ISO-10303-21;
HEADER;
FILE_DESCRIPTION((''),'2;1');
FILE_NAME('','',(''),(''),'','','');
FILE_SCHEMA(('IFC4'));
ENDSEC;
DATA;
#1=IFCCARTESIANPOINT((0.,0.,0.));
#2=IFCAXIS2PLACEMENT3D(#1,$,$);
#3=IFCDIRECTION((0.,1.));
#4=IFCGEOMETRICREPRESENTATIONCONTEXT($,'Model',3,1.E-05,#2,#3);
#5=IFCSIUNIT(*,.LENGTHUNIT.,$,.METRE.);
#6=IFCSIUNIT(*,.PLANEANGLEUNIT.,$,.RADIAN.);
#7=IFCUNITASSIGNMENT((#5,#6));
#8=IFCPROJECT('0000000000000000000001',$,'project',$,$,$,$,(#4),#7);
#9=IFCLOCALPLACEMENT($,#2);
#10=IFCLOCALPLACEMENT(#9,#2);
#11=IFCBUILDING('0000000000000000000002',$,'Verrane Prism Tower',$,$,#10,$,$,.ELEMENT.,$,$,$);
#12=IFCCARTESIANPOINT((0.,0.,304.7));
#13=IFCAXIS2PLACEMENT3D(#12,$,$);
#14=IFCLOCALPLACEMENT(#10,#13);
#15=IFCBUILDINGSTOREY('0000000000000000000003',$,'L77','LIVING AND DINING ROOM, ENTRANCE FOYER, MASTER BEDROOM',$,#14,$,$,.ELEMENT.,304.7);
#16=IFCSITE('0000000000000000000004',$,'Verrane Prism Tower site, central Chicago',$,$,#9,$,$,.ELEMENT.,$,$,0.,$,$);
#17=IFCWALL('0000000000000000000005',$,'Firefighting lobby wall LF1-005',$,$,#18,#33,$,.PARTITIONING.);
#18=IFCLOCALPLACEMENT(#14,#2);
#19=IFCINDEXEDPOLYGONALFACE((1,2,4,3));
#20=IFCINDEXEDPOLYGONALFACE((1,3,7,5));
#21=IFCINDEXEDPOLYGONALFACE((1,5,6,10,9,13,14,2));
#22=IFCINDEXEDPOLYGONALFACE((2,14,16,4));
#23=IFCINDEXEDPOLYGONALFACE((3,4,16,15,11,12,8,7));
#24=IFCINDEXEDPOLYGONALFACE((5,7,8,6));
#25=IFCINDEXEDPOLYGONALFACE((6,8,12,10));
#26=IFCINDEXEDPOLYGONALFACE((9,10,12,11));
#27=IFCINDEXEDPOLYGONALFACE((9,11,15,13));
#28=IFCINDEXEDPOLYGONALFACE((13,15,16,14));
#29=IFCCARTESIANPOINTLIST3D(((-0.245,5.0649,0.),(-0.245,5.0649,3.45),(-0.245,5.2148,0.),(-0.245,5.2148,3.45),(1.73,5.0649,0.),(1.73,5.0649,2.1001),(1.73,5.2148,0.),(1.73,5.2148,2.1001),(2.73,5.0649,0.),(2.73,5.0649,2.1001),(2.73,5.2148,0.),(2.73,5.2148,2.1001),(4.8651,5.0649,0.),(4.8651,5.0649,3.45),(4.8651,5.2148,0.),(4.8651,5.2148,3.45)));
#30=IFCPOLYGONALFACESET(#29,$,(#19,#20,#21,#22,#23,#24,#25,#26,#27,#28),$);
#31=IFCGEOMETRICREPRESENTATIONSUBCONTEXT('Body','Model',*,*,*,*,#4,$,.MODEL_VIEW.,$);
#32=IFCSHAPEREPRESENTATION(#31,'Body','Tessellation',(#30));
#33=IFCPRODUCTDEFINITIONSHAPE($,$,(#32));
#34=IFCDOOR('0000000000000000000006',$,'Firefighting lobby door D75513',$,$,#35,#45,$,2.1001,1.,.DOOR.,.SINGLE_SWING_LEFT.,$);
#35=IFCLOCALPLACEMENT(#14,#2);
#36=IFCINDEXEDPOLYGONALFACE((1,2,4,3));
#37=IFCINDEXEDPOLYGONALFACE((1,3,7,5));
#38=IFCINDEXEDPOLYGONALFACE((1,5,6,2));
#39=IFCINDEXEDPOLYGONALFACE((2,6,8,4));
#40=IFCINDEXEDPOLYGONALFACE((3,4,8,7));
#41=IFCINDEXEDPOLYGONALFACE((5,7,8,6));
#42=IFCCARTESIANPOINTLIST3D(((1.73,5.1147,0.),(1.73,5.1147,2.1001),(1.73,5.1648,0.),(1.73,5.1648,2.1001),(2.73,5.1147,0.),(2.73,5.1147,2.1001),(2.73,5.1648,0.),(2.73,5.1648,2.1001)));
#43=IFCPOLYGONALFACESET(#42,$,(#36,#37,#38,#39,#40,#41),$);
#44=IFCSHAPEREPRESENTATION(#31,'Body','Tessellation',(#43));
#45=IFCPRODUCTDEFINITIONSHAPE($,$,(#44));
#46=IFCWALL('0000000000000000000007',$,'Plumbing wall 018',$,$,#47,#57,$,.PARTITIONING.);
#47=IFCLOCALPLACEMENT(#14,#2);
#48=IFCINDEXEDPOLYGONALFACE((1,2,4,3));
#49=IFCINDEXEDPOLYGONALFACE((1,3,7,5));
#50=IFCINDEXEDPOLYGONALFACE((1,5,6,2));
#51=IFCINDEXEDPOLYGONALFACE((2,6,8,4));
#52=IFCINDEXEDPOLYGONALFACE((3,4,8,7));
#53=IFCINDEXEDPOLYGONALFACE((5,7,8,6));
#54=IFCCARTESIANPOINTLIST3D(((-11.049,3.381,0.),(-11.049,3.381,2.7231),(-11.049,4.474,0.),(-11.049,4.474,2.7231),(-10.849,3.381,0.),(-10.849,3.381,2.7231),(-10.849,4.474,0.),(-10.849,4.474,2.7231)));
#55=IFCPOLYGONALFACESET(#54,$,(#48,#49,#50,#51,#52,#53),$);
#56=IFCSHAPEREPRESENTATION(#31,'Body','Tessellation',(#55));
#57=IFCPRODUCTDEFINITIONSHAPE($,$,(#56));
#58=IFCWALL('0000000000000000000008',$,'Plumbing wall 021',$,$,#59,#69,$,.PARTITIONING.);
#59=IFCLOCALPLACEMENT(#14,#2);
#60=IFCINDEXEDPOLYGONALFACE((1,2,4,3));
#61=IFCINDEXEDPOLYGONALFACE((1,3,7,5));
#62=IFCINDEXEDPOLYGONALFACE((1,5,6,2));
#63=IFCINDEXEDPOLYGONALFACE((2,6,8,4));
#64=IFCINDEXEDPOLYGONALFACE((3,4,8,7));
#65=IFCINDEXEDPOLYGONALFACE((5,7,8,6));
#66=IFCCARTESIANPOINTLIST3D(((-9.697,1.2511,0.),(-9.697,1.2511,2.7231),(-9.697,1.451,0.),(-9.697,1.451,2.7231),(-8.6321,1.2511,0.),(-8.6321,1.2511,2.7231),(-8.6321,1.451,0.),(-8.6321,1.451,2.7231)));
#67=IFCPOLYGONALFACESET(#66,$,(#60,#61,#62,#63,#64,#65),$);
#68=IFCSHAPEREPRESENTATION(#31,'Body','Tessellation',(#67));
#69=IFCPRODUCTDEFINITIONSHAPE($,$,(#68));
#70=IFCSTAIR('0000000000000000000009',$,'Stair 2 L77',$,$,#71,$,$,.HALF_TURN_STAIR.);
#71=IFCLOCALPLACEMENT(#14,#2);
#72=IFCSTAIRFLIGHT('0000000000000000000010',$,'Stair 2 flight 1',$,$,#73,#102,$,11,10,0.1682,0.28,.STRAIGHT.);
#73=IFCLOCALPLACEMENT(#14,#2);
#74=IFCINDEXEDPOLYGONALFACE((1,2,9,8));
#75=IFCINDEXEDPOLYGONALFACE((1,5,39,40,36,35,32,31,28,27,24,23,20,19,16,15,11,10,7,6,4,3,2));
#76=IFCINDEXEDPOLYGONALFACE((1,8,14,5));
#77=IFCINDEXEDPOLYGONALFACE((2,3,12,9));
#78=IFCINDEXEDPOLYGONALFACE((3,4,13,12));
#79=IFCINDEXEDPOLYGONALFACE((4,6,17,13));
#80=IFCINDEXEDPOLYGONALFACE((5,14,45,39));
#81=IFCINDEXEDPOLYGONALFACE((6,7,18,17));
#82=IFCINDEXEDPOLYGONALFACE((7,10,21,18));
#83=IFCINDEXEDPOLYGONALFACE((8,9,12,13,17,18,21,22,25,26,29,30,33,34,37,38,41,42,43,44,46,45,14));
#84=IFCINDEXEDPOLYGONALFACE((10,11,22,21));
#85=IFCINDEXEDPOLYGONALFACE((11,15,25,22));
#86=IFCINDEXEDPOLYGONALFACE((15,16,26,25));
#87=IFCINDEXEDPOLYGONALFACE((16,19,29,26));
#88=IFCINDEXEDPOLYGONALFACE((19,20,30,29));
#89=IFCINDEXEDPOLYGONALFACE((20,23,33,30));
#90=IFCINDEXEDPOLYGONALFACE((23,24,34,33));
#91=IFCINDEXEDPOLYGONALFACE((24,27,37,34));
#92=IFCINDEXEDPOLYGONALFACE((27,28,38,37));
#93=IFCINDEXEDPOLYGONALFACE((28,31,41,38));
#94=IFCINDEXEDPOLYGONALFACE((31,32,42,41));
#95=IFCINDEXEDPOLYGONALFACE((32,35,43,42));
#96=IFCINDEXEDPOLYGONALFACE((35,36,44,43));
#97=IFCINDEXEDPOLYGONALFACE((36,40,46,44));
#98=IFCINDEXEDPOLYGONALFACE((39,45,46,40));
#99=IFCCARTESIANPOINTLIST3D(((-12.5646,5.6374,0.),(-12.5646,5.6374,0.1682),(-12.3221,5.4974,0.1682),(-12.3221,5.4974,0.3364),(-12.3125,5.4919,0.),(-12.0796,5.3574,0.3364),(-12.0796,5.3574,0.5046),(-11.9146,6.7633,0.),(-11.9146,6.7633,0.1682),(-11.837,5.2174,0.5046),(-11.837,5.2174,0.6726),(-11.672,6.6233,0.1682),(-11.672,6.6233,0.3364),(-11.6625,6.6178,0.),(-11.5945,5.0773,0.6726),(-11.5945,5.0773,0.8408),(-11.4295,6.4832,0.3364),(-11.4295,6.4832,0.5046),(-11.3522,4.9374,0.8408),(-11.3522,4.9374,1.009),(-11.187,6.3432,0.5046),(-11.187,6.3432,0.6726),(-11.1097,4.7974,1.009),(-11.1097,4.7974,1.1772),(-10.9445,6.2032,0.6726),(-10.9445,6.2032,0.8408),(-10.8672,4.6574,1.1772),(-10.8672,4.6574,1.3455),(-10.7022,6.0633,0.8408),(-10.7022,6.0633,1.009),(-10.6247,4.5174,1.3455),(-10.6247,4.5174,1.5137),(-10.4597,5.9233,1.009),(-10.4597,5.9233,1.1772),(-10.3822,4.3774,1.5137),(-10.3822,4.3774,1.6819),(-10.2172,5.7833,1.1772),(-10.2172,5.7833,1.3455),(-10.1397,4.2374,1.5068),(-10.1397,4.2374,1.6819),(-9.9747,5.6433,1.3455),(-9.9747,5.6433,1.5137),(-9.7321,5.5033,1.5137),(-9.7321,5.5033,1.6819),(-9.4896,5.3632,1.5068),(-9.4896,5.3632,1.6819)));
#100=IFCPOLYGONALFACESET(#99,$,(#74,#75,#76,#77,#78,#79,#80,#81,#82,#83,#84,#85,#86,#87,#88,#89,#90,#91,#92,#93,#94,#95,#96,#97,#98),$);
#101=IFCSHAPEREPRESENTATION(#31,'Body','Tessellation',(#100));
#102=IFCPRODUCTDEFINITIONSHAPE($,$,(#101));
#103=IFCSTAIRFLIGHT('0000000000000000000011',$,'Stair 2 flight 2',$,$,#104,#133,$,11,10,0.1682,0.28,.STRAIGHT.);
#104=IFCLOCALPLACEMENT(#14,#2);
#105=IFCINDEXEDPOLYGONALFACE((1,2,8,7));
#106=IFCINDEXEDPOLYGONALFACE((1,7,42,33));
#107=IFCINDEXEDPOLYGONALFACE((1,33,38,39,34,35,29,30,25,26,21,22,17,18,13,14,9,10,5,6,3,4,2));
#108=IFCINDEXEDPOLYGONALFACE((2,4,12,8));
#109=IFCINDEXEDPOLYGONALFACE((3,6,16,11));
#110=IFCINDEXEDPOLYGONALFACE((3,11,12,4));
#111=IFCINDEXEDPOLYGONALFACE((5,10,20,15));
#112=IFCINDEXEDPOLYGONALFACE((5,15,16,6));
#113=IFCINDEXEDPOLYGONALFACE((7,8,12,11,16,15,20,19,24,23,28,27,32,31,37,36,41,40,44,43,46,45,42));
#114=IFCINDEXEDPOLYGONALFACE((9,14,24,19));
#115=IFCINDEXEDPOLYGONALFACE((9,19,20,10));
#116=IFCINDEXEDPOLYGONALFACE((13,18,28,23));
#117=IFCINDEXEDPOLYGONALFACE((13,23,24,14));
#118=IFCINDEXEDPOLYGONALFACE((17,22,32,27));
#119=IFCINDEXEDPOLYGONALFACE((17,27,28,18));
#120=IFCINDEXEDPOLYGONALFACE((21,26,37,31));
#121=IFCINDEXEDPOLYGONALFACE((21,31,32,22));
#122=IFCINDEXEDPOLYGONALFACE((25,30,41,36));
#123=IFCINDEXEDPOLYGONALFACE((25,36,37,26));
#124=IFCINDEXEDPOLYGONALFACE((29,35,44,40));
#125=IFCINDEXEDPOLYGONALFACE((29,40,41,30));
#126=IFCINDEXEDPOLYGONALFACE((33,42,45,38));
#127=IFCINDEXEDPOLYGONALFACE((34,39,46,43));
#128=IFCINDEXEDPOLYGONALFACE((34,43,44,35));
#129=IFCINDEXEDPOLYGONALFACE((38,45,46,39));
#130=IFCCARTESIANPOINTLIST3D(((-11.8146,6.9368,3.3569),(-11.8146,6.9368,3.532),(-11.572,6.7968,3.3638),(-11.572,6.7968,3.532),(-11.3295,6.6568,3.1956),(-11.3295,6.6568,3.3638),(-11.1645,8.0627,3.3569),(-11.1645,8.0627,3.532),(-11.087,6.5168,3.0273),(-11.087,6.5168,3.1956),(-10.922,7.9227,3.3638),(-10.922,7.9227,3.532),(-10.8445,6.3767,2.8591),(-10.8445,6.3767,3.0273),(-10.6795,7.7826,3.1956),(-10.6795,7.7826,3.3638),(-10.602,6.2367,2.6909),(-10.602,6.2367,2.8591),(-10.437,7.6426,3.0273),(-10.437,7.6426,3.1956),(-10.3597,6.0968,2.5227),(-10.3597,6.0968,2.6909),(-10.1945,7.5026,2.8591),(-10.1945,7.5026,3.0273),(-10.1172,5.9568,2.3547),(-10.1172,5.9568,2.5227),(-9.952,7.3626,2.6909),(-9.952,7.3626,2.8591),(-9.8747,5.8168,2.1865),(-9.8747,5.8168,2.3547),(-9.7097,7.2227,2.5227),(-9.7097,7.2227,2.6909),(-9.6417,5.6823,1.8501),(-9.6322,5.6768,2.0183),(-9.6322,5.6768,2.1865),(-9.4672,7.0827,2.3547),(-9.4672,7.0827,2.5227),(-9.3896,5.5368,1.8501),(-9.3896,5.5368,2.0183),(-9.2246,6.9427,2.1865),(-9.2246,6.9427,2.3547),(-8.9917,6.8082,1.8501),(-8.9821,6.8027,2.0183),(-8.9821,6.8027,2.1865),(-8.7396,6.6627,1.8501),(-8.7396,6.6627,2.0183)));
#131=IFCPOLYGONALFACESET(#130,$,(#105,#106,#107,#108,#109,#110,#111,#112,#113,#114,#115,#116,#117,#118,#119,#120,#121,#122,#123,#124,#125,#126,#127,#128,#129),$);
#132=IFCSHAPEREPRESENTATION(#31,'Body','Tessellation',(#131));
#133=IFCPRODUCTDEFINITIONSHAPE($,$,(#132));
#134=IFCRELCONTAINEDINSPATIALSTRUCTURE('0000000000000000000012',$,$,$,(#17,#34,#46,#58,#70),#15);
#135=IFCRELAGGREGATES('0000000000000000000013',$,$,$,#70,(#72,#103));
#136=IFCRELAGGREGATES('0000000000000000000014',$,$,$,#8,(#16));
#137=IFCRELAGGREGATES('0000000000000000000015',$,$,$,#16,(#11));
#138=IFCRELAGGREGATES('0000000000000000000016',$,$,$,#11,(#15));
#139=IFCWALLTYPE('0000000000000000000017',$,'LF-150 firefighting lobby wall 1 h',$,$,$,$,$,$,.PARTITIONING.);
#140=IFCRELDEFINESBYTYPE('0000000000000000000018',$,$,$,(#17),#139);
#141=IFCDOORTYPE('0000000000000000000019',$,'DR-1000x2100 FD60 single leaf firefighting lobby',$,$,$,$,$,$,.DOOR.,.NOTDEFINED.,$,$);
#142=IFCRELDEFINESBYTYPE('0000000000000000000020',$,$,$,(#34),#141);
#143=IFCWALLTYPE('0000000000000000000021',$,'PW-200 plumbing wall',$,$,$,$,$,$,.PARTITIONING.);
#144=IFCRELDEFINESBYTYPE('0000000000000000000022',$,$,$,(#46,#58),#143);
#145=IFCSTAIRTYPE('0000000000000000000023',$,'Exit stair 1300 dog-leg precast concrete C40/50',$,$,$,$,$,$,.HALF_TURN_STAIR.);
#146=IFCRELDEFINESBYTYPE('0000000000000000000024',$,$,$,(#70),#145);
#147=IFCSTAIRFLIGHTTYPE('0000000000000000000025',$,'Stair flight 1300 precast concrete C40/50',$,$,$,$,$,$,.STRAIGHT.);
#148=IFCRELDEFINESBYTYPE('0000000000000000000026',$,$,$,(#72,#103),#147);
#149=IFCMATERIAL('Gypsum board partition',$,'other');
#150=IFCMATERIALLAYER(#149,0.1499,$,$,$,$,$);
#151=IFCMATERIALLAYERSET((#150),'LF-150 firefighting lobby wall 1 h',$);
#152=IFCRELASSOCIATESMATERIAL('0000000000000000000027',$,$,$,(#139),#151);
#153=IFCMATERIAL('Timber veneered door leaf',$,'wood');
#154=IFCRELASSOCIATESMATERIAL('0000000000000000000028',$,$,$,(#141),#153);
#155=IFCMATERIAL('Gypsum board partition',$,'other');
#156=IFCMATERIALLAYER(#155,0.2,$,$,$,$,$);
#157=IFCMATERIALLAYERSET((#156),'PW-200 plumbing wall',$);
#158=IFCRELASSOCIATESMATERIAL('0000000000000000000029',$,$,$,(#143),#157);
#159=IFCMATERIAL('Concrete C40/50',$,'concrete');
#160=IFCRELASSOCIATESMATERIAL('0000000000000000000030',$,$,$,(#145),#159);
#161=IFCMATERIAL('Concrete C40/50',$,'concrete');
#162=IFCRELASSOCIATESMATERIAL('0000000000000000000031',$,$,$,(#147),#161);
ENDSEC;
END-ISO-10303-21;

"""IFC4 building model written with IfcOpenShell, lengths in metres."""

from ifc_helpers import new_model, si_unit, direction, frame, frame_2d, origin, place, context, subcontext, project, spatial, polyline, rectangle, outline, extrude, material, layer, layer_set, type_object, element, fill, aggregate, save


model = new_model("IFC4")

# Units and contexts
model_context = context("Model", 3, precision=1e-05, world=origin(), true_north=direction((0.0, 1.0)))
body_context = subcontext(model_context, "Body", "Model", "MODEL_VIEW")
ifc_project = project(units=[si_unit("LENGTHUNIT", "METRE"), si_unit("PLANEANGLEUNIT", "RADIAN")], contexts=[model_context])

# Site, building, storey
site_placement = place(None, origin())
site = spatial("IfcSite", under=ifc_project, at=site_placement, Name="Verrane Prism Tower site, central Chicago", CompositionType="ELEMENT", RefElevation=0.0)
building_placement = place(site_placement, origin())
building = spatial("IfcBuilding", under=site, at=building_placement, Name="Verrane Prism Tower", CompositionType="ELEMENT")
storey_placement = place(building_placement, frame((0.0, 0.0, 304.7)))
storey = spatial("IfcBuildingStorey", under=building, at=storey_placement, Name="L77", Description="LIVING AND DINING ROOM, ENTRANCE FOYER, MASTER BEDROOM", CompositionType="ELEMENT", Elevation=304.7)

# Shared definitions
ifc_material_1 = material(Name="Gypsum board partition", Category="other")
ifc_layer_1 = layer(ifc_material_1, 0.1499)
ifc_layer_set_1 = layer_set([ifc_layer_1], Name="LF-150 firefighting lobby wall 1 h")
wall_type_1 = type_object("IfcWallType", Name="LF-150 firefighting lobby wall 1 h", PredefinedType="PARTITIONING", material=ifc_layer_set_1)
ifc_material_2 = material(Name="Timber veneered door leaf", Category="wood")
door_type_1 = type_object("IfcDoorType", Name="DR-1000x2100 FD60 single leaf firefighting lobby", OperationType="NOTDEFINED", PredefinedType="DOOR", material=ifc_material_2)

# Wall, opening, door
wall_1_placement = place(storey_placement, frame((-0.2451, 5.1399, 0.0), z_axis=(0.0, 0.0, 1.0), x_axis=(1.0, 0.0, 0.0)))
wall_1 = element("IfcWall", 1, at=wall_1_placement, inside=storey, type_object=wall_type_1, Name="Firefighting lobby wall LF1-005", PredefinedType="PARTITIONING", context=body_context, shape_type="SweptSolid", body=[
    extrude(rectangle(XDim=5.1101, YDim=0.1499, at=frame_2d((2.5552, 0.0))), origin(), (0.0, 0.0, 1.0), 3.45),
])
opening_1_placement = place(wall_1_placement, frame((1.9751, 0.0, 0.0)))
opening_1 = element("IfcOpeningElement", 2, at=opening_1_placement, cuts=wall_1, PredefinedType="OPENING", context=body_context, shape_type="SweptSolid", body=[
    extrude(rectangle(XDim=1.0, YDim=2.1001, at=frame_2d((0.5, 1.05))), frame((0.0, 0.085, 0.0), z_axis=(0.0, -1.0, 0.0), x_axis=(1.0, 0.0, 0.0)), (0.0, 0.0, 1.0), 0.1699),
])
door_1_placement = place(opening_1_placement, origin())
door_1 = element("IfcDoor", 3, at=door_1_placement, inside=storey, type_object=door_type_1, Name="Firefighting lobby door D75513", OperationType="SINGLE_SWING_LEFT", OverallHeight=2.1001, OverallWidth=1.0, PredefinedType="DOOR", context=body_context, shape_type="SweptSolid", body=[
    extrude(rectangle(XDim=1.0, YDim=2.1001, at=frame_2d((0.5, 1.05))), frame((0.0, 0.0249, 0.0), z_axis=(0.0, -1.0, 0.0), x_axis=(1.0, 0.0, 0.0)), (0.0, 0.0, 1.0), 0.05),
])
fill(opening_1, door_1)

# Walls
ifc_material_3 = material(Name="Gypsum board partition", Category="other")
ifc_layer_2 = layer(ifc_material_3, 0.2)
ifc_layer_set_2 = layer_set([ifc_layer_2], Name="PW-200 plumbing wall")
wall_type_2 = type_object("IfcWallType", Name="PW-200 plumbing wall", PredefinedType="PARTITIONING", material=ifc_layer_set_2)
wall_2_placement = place(storey_placement, frame((-10.949, 3.3811, 0.0), z_axis=(0.0, 0.0, 1.0), x_axis=(0.0, 1.0, 0.0)))
element("IfcWall", 4, at=wall_2_placement, inside=storey, type_object=wall_type_2, Name="Plumbing wall 018", PredefinedType="PARTITIONING", context=body_context, shape_type="SweptSolid", body=[
    extrude(rectangle(XDim=1.093, YDim=0.2, at=frame_2d((0.5464, 0.0))), origin(), (0.0, 0.0, 1.0), 2.7231),
])
wall_3_placement = place(storey_placement, frame((-9.697, 1.3511, 0.0), z_axis=(0.0, 0.0, 1.0), x_axis=(1.0, 0.0, 0.0)))
element("IfcWall", 5, at=wall_3_placement, inside=storey, type_object=wall_type_2, Name="Plumbing wall 021", PredefinedType="PARTITIONING", context=body_context, shape_type="SweptSolid", body=[
    extrude(rectangle(XDim=1.0649, YDim=0.2, at=frame_2d((0.5325, 0.0))), origin(), (0.0, 0.0, 1.0), 2.7231),
])

# Stair, stair flights
ifc_material_4 = material(Name="Concrete C40/50", Category="concrete")
stair_type = type_object("IfcStairType", Name="Exit stair 1300 dog-leg precast concrete C40/50", PredefinedType="HALF_TURN_STAIR", material=ifc_material_4)
stair_placement = place(storey_placement, origin())
stair = element("IfcStair", 6, at=stair_placement, inside=storey, type_object=stair_type, Name="Stair 2 L77", PredefinedType="HALF_TURN_STAIR")
ifc_material_5 = material(Name="Concrete C40/50", Category="concrete")
stair_flight_type = type_object("IfcStairFlightType", Name="Stair flight 1300 precast concrete C40/50", PredefinedType="STRAIGHT", material=ifc_material_5)
stair_flight_1_placement = place(storey_placement, frame((-12.2395, 6.2004, 0.0), z_axis=(0.0, 0.0, 1.0), x_axis=(0.866025, -0.5, 0.0)))
stair_flight_1 = element("IfcStairFlight", 7, at=stair_flight_1_placement, type_object=stair_flight_type, Name="Stair 2 flight 1", NumberOfRisers=11, NumberOfTreads=10, PredefinedType="STRAIGHT", RiserHeight=0.1682, TreadLength=0.28, context=body_context, shape_type="SweptSolid", body=[
    extrude(outline(polyline([(0.0, 0.0), (0.0, 0.1682), (0.28, 0.1682), (0.28, 0.3364), (0.5601, 0.3364), (0.5601, 0.5046), (0.8401, 0.5046), (0.8401, 0.6726), (1.1201, 0.6726), (1.1201, 0.8408), (1.3999, 0.8408), (1.3999, 1.009), (1.6799, 1.009), (1.6799, 1.1772), (1.96, 1.1772), (1.96, 1.3455), (2.24, 1.3455), (2.24, 1.5137), (2.52, 1.5137), (2.52, 1.6819), (2.8, 1.6819), (2.8, 1.8501), (2.8, 1.5068), (0.291, 0.0), (0.0, 0.0)])), frame((0.0, 0.6499, 0.0), z_axis=(0.0, -1.0, 0.0), x_axis=(1.0, 0.0, 0.0)), (0.0, 0.0, 1.0), 1.3),
])
stair_flight_2_placement = place(storey_placement, frame((-9.0647, 6.0996, 1.8501), z_axis=(0.0, 0.0, 1.0), x_axis=(-0.866025, 0.5, 0.0)))
stair_flight_2 = element("IfcStairFlight", 8, at=stair_flight_2_placement, type_object=stair_flight_type, Name="Stair 2 flight 2", NumberOfRisers=11, NumberOfTreads=10, PredefinedType="STRAIGHT", RiserHeight=0.1682, TreadLength=0.28, context=body_context, shape_type="SweptSolid", body=[
    extrude(outline(polyline([(0.0, 0.0), (0.0, 0.1682), (0.28, 0.1682), (0.28, 0.3364), (0.5601, 0.3364), (0.5601, 0.5046), (0.8401, 0.5046), (0.8401, 0.6726), (1.1201, 0.6726), (1.1201, 0.8408), (1.3999, 0.8408), (1.3999, 1.009), (1.6799, 1.009), (1.6799, 1.1772), (1.96, 1.1772), (1.96, 1.3455), (2.24, 1.3455), (2.24, 1.5137), (2.52, 1.5137), (2.52, 1.6819), (2.8, 1.6819), (2.8, 1.8501), (2.8, 1.5068), (0.291, 0.0), (0.0, 0.0)])), frame((0.0, 0.6499, 0.0), z_axis=(0.0, -1.0, 0.0), x_axis=(1.0, 0.0, 0.0)), (0.0, 0.0, 1.0), 1.3),
])
aggregate(stair, [stair_flight_1, stair_flight_2])

save(model, "model.ifc")
